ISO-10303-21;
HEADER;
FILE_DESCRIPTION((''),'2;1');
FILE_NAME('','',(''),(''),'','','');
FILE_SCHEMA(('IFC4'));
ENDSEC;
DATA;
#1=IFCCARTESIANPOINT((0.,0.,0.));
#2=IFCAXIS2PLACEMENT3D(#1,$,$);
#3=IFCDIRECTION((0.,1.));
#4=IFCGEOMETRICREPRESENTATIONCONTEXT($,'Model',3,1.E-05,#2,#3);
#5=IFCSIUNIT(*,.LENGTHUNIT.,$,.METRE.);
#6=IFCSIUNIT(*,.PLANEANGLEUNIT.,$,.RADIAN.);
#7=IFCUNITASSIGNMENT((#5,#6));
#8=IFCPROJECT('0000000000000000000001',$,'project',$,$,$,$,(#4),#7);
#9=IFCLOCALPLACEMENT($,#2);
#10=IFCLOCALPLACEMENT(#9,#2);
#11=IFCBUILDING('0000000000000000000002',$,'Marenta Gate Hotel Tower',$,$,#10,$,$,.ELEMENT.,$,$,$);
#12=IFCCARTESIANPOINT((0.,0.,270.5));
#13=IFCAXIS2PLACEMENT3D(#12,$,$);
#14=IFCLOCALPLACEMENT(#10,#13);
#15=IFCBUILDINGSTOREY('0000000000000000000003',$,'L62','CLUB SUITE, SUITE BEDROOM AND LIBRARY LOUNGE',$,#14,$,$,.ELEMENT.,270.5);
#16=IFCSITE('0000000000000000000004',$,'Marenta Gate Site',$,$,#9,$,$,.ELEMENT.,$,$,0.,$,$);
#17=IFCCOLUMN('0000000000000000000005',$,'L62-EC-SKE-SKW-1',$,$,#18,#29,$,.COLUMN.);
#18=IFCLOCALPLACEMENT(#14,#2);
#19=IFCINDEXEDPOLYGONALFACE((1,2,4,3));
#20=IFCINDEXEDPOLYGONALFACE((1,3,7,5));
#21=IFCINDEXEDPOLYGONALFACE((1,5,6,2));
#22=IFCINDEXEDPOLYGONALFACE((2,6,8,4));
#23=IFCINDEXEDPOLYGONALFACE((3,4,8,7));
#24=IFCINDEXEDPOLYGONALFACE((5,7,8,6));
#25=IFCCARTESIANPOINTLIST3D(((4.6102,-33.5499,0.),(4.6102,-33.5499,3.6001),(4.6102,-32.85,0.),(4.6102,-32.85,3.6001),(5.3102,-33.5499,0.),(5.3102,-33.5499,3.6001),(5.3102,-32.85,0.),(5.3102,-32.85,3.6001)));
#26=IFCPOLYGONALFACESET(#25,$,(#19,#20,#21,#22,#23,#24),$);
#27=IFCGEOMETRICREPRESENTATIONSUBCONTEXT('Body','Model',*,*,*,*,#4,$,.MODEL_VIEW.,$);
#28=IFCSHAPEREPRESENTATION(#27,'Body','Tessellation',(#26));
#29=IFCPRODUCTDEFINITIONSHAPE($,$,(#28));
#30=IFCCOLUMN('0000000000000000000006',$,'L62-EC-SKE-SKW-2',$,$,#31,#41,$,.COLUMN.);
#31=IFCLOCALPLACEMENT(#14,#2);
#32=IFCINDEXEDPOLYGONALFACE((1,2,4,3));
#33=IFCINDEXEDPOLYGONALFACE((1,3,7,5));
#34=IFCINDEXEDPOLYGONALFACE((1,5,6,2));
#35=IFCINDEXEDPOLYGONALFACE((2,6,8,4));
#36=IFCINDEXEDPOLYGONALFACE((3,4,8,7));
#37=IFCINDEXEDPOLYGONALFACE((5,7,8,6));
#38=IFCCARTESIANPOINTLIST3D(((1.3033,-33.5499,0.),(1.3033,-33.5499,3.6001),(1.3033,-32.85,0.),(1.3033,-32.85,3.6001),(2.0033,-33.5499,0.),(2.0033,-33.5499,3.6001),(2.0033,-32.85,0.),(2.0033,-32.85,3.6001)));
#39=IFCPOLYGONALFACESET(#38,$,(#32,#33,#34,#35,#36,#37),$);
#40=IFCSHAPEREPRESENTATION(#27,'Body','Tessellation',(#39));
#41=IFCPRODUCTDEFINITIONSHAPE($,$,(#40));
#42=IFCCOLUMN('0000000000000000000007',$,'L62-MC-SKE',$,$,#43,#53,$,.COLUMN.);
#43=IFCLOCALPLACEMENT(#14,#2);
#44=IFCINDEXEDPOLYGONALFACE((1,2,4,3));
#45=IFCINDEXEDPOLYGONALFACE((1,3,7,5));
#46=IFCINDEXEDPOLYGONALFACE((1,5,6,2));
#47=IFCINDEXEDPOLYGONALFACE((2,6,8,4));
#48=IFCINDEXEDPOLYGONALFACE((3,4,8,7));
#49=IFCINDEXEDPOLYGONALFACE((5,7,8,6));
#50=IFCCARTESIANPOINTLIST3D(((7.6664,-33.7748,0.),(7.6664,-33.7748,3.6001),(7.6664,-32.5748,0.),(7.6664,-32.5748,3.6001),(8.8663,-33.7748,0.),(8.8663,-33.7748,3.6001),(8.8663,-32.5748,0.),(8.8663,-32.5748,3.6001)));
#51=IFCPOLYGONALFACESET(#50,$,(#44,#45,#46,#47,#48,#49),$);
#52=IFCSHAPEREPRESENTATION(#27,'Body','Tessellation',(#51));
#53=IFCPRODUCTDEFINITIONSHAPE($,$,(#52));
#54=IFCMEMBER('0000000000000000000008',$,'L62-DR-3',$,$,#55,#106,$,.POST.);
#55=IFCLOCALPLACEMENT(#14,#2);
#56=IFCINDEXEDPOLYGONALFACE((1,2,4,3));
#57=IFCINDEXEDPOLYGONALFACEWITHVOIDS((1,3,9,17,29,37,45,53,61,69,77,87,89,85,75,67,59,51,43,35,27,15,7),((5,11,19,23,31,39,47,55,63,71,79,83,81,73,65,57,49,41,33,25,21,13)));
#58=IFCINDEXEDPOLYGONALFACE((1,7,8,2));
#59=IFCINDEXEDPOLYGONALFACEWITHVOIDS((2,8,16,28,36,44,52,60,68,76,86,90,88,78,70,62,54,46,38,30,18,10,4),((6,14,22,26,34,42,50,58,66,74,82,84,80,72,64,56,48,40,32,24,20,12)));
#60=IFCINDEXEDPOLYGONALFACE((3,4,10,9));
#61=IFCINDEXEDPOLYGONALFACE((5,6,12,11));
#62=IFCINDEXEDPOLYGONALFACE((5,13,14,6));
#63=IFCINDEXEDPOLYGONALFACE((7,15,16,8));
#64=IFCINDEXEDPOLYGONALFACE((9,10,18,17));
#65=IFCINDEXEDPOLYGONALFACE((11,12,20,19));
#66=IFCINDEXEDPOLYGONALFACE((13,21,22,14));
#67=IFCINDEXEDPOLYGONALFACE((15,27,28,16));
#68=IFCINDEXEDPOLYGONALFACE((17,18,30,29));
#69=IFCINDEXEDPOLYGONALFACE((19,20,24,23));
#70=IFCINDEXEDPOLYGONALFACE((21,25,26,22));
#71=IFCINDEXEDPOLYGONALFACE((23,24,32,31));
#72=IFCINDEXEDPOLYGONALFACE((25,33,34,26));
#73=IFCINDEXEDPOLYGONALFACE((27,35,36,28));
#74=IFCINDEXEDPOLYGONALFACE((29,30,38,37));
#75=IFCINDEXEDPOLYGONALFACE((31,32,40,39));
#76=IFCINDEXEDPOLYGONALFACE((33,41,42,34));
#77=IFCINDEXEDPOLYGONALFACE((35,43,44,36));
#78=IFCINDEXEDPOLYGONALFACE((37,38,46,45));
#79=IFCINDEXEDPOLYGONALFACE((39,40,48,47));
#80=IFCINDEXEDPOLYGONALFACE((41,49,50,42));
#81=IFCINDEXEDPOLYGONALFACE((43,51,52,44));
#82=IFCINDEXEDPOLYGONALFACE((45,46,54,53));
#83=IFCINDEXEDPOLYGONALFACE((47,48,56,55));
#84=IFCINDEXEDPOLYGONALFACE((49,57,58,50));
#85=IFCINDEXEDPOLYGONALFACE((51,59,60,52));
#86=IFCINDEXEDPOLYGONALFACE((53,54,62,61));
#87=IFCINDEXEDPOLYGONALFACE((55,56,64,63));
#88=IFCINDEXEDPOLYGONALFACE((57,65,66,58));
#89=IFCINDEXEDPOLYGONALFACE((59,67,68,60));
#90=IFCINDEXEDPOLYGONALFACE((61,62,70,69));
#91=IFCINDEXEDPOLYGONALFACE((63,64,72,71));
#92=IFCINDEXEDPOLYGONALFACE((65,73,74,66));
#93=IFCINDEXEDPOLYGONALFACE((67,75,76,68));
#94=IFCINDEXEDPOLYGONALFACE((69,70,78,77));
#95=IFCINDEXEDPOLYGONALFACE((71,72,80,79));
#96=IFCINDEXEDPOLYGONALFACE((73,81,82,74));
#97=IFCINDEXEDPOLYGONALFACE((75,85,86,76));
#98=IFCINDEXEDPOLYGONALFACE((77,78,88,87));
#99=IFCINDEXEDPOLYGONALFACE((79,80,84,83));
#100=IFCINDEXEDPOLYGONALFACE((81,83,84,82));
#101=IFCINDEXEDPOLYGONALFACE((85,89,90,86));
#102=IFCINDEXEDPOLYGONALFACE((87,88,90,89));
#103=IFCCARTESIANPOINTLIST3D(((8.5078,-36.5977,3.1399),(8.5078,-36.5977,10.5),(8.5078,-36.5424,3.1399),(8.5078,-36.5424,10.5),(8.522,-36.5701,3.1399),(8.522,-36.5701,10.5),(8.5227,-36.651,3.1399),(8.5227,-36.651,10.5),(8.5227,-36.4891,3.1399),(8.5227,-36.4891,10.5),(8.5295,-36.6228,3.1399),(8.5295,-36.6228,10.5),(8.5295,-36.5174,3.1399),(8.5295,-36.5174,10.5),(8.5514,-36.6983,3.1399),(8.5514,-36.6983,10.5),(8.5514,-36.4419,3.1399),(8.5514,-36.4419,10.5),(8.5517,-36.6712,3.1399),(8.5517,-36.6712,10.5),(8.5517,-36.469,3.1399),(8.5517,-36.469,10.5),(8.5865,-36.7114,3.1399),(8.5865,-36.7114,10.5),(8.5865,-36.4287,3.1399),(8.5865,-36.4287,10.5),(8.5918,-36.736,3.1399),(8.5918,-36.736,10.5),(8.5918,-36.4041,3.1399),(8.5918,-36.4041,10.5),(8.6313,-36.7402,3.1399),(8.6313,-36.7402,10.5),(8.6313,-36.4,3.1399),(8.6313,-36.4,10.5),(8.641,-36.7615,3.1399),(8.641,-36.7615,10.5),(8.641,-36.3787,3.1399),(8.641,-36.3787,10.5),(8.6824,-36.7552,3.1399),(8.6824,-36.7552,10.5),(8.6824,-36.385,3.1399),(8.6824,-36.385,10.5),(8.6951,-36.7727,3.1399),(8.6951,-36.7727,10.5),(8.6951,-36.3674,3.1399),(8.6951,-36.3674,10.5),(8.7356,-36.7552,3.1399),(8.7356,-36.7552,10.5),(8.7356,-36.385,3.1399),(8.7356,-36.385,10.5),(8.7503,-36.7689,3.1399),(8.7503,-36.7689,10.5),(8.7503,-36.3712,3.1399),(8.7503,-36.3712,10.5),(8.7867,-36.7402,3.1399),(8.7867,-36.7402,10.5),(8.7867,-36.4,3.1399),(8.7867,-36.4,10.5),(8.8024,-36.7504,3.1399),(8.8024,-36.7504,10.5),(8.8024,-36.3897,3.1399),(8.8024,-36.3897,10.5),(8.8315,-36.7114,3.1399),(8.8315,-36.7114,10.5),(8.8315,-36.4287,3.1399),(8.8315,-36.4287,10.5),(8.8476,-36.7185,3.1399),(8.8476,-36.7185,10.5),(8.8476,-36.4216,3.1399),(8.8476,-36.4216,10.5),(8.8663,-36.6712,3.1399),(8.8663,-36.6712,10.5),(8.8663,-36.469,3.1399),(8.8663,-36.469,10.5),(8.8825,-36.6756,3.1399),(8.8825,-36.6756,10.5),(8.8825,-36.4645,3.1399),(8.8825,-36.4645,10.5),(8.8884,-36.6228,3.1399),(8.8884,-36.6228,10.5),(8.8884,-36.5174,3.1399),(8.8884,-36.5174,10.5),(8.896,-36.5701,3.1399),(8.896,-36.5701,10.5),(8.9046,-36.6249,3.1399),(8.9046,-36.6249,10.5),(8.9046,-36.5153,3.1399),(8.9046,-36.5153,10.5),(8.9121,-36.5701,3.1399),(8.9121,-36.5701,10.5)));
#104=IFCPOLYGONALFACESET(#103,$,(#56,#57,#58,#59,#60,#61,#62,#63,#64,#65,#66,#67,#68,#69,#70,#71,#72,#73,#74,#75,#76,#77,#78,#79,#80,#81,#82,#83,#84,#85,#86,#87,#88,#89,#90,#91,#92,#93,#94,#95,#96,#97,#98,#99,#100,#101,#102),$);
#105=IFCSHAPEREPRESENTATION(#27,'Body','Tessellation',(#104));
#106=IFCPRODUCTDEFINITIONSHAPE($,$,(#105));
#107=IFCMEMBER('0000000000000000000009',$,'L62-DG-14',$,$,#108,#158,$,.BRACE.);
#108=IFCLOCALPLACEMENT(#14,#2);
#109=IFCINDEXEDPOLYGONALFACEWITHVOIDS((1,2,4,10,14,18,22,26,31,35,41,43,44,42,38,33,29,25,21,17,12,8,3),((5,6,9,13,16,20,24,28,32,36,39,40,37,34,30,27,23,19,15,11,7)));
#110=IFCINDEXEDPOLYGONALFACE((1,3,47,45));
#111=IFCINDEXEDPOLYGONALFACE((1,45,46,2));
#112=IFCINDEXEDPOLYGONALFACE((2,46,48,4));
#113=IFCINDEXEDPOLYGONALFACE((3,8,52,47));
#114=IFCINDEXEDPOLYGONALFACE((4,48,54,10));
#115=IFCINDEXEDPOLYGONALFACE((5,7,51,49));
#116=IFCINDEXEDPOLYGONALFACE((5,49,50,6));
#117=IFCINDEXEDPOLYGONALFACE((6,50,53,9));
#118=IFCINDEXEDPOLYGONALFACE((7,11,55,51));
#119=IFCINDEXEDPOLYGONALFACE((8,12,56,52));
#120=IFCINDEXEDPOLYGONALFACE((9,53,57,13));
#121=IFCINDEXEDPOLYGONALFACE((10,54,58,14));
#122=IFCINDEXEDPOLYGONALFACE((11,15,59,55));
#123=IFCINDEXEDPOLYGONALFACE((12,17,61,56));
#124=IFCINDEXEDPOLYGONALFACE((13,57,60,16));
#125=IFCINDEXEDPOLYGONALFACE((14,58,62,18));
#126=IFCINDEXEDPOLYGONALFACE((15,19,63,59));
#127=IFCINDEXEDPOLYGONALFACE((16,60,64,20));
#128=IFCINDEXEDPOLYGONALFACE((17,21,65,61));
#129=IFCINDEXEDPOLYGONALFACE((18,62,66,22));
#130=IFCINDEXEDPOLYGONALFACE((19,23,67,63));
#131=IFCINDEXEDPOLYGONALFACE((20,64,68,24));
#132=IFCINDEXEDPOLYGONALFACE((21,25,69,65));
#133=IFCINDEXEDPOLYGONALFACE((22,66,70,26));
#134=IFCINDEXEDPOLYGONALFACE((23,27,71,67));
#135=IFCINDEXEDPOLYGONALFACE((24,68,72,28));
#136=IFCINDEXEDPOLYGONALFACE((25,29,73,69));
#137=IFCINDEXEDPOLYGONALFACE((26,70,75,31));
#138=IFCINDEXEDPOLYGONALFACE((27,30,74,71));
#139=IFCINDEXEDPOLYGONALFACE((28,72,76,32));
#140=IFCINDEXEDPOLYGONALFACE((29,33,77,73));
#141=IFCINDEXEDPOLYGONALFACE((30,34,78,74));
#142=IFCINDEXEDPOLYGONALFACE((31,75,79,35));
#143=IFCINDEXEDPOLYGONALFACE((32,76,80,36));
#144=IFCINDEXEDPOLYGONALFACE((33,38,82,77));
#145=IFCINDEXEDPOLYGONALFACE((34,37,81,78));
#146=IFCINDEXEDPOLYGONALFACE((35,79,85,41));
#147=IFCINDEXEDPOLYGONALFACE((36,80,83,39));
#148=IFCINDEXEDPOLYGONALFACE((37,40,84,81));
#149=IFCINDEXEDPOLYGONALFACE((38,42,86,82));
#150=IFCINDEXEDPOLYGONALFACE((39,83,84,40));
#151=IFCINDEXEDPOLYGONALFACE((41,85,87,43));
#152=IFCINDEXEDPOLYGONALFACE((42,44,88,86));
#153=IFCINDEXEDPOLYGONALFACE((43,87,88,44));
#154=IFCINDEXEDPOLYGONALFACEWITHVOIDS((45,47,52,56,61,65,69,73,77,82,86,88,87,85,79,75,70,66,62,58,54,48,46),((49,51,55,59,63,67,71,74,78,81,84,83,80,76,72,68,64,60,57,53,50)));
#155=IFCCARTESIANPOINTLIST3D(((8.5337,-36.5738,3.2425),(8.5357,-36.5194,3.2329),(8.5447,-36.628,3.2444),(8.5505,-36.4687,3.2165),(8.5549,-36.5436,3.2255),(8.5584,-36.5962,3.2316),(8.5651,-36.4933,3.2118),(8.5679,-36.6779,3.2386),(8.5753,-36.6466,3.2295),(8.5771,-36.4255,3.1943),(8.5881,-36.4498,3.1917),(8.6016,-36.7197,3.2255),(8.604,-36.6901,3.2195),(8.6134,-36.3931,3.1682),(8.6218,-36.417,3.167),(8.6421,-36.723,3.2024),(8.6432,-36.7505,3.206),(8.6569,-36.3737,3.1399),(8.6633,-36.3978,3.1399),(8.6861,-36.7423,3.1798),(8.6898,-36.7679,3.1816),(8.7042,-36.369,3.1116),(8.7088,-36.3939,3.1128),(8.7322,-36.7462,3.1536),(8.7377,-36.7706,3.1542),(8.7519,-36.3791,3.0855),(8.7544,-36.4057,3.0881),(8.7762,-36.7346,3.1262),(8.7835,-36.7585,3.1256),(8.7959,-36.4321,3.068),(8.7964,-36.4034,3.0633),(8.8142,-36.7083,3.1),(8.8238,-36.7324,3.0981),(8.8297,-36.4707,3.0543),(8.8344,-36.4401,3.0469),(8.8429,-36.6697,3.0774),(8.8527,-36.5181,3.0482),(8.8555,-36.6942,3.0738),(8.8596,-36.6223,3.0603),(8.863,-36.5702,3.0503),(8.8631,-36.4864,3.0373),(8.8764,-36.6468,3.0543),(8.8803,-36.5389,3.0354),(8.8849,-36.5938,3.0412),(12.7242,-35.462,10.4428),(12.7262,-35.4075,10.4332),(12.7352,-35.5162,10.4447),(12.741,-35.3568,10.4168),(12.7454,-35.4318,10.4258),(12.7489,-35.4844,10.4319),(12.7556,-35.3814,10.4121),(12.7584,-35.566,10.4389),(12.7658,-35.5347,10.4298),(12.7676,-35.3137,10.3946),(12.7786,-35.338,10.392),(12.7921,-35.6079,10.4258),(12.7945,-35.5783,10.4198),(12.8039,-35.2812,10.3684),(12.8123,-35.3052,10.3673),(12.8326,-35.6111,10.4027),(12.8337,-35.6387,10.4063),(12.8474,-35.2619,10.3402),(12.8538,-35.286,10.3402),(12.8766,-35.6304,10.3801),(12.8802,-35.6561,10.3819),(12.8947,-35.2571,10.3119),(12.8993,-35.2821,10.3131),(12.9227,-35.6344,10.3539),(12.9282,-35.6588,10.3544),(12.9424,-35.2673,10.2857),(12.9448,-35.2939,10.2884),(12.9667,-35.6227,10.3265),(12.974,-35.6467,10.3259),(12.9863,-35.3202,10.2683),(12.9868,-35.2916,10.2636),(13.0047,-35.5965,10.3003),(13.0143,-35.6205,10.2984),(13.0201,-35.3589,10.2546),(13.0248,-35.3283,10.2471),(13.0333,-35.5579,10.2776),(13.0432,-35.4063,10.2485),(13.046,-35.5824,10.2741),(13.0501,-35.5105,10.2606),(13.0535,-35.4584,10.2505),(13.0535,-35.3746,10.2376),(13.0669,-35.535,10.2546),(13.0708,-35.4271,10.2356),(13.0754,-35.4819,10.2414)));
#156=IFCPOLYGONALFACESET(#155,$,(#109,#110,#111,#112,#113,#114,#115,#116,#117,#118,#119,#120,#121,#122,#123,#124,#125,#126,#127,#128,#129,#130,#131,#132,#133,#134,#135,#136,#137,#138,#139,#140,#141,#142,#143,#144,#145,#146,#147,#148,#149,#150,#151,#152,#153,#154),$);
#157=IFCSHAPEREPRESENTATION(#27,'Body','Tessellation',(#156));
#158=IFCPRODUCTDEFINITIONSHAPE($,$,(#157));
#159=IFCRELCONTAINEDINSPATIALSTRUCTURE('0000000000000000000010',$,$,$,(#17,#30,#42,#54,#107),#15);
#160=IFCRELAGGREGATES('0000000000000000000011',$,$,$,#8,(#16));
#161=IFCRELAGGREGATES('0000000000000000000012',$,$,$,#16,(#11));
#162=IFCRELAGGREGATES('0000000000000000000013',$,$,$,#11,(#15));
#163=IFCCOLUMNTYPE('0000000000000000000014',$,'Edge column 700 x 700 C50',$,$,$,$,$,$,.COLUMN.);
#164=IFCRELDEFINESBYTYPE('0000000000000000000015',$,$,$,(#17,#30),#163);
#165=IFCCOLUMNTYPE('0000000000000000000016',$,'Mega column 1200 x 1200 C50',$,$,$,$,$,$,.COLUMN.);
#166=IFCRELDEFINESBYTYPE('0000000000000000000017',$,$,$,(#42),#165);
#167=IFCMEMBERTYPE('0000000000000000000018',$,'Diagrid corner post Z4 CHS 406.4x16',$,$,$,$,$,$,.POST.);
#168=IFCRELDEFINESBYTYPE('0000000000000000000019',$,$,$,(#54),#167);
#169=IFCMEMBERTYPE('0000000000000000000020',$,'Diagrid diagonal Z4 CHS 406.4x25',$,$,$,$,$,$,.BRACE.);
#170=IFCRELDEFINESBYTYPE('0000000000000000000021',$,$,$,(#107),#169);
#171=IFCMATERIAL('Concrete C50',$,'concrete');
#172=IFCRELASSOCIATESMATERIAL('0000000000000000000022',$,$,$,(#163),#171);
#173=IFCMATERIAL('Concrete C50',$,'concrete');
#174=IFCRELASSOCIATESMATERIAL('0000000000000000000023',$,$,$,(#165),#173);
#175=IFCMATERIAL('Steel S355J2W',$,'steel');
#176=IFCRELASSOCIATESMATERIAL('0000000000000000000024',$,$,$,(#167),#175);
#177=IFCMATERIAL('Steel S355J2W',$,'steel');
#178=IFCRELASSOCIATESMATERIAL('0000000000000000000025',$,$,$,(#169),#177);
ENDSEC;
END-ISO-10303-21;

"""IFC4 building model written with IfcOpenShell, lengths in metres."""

from ifc_helpers import new_model, si_unit, direction, frame, origin, origin_2d, place, context, subcontext, project, spatial, rectangle, hollow_circle, extrude, material, material_profile, profile_set, type_object, element, save


model = new_model("IFC4")

# Units and contexts
model_context = context("Model", 3, precision=1e-05, world=origin(), true_north=direction((0.0, 1.0)))
body_context = subcontext(model_context, "Body", "Model", "MODEL_VIEW")
ifc_project = project(units=[si_unit("LENGTHUNIT", "METRE"), si_unit("PLANEANGLEUNIT", "RADIAN")], contexts=[model_context])

# Site, building, storey
site_placement = place(None, origin())
site = spatial("IfcSite", under=ifc_project, at=site_placement, Name="Marenta Gate Site", CompositionType="ELEMENT", RefElevation=0.0)
building_placement = place(site_placement, origin())
building = spatial("IfcBuilding", under=site, at=building_placement, Name="Marenta Gate Hotel Tower", CompositionType="ELEMENT")
storey_placement = place(building_placement, frame((0.0, 0.0, 270.5)))
storey = spatial("IfcBuildingStorey", under=building, at=storey_placement, Name="L62", Description="CLUB SUITE, SUITE BEDROOM AND LIBRARY LOUNGE", CompositionType="ELEMENT", Elevation=270.5)

# Columns
ifc_material_1 = material(Name="Concrete C50", Category="concrete")
ifc_material_profile_1 = material_profile(ifc_material_1, rectangle(XDim=0.7, YDim=0.7, at=origin_2d()), Name="700 x 700")
ifc_profile_set_1 = profile_set([ifc_material_profile_1], Name="Concrete C50")
column_type_1 = type_object("IfcColumnType", Name="Edge column 700 x 700 C50", PredefinedType="COLUMN", material=ifc_profile_set_1)
for number, where, z_axis, x_axis, name in (
    (1, (4.9602, -33.2, 0.0), (0.0, 0.0, 1.0), (1.0, 0.0, 0.0), "L62-EC-SKE-SKW-1"),
    (2, (1.6533, -33.2, 0.0), (0.0, 0.0, 1.0), (1.0, 0.0, 0.0), "L62-EC-SKE-SKW-2"),
):
    element("IfcColumn", number, at=place(storey_placement, frame(where, z_axis=z_axis, x_axis=x_axis)), inside=storey, type_object=column_type_1, Name=name, PredefinedType="COLUMN", context=body_context, shape_type="SweptSolid", body=[
        extrude(rectangle(XDim=0.7, YDim=0.7, at=origin_2d()), origin(), (0.0, 0.0, 1.0), 3.6001),
    ])
ifc_material_2 = material(Name="Concrete C50", Category="concrete")
ifc_material_profile_2 = material_profile(ifc_material_2, rectangle(XDim=1.2, YDim=1.2, at=origin_2d()), Name="1200 x 1200")
ifc_profile_set_2 = profile_set([ifc_material_profile_2], Name="Concrete C50")
column_type_2 = type_object("IfcColumnType", Name="Mega column 1200 x 1200 C50", PredefinedType="COLUMN", material=ifc_profile_set_2)
column_placement = place(storey_placement, frame((8.2664, -33.1748, 0.0), z_axis=(0.0, 0.0, 1.0), x_axis=(1.0, 0.0, 0.0)))
element("IfcColumn", 3, at=column_placement, inside=storey, type_object=column_type_2, Name="L62-MC-SKE", PredefinedType="COLUMN", context=body_context, shape_type="SweptSolid", body=[
    extrude(rectangle(XDim=1.2, YDim=1.2, at=origin_2d()), origin(), (0.0, 0.0, 1.0), 3.6001),
])

# Members
ifc_material_3 = material(Name="Steel S355J2W", Category="steel")
ifc_material_profile_3 = material_profile(ifc_material_3, hollow_circle(Radius=0.2031, WallThickness=0.0161, at=origin_2d()), Name="CHS 406.4x16")
ifc_profile_set_3 = profile_set([ifc_material_profile_3], Name="Steel S355J2W")
member_type_1 = type_object("IfcMemberType", Name="Diagrid corner post Z4 CHS 406.4x16", PredefinedType="POST", material=ifc_profile_set_3)
member_1_placement = place(storey_placement, frame((8.709, -36.5701, 3.1399), z_axis=(0.0, 0.0, 1.0), x_axis=(1.0, 0.0, 0.0)))
element("IfcMember", 4, at=member_1_placement, inside=storey, type_object=member_type_1, Name="L62-DR-3", PredefinedType="POST", context=body_context, shape_type="SweptSolid", body=[
    extrude(hollow_circle(Radius=0.2031, WallThickness=0.0161, at=origin_2d()), origin(), (0.0, 0.0, 1.0), 7.3601),
])
ifc_material_4 = material(Name="Steel S355J2W", Category="steel")
ifc_material_profile_4 = material_profile(ifc_material_4, hollow_circle(Radius=0.2031, WallThickness=0.0249, at=origin_2d()), Name="CHS 406.4x25")
ifc_profile_set_4 = profile_set([ifc_material_profile_4], Name="Steel S355J2W")
member_type_2 = type_object("IfcMemberType", Name="Diagrid diagonal Z4 CHS 406.4x25", PredefinedType="BRACE", material=ifc_profile_set_4)
member_2_placement = place(storey_placement, frame((8.709, -36.5701, 3.1399), z_axis=(0.498583, 0.132285, 0.856689), x_axis=(-0.25645, 0.966558, 0.0)))
element("IfcMember", 5, at=member_2_placement, inside=storey, type_object=member_type_2, Name="L62-DG-14", PredefinedType="BRACE", context=body_context, shape_type="SweptSolid", body=[
    extrude(hollow_circle(Radius=0.2031, WallThickness=0.0249, at=origin_2d()), origin(), (0.0, 0.0, 1.0), 8.4048),
])

save(model, "model.ifc")
